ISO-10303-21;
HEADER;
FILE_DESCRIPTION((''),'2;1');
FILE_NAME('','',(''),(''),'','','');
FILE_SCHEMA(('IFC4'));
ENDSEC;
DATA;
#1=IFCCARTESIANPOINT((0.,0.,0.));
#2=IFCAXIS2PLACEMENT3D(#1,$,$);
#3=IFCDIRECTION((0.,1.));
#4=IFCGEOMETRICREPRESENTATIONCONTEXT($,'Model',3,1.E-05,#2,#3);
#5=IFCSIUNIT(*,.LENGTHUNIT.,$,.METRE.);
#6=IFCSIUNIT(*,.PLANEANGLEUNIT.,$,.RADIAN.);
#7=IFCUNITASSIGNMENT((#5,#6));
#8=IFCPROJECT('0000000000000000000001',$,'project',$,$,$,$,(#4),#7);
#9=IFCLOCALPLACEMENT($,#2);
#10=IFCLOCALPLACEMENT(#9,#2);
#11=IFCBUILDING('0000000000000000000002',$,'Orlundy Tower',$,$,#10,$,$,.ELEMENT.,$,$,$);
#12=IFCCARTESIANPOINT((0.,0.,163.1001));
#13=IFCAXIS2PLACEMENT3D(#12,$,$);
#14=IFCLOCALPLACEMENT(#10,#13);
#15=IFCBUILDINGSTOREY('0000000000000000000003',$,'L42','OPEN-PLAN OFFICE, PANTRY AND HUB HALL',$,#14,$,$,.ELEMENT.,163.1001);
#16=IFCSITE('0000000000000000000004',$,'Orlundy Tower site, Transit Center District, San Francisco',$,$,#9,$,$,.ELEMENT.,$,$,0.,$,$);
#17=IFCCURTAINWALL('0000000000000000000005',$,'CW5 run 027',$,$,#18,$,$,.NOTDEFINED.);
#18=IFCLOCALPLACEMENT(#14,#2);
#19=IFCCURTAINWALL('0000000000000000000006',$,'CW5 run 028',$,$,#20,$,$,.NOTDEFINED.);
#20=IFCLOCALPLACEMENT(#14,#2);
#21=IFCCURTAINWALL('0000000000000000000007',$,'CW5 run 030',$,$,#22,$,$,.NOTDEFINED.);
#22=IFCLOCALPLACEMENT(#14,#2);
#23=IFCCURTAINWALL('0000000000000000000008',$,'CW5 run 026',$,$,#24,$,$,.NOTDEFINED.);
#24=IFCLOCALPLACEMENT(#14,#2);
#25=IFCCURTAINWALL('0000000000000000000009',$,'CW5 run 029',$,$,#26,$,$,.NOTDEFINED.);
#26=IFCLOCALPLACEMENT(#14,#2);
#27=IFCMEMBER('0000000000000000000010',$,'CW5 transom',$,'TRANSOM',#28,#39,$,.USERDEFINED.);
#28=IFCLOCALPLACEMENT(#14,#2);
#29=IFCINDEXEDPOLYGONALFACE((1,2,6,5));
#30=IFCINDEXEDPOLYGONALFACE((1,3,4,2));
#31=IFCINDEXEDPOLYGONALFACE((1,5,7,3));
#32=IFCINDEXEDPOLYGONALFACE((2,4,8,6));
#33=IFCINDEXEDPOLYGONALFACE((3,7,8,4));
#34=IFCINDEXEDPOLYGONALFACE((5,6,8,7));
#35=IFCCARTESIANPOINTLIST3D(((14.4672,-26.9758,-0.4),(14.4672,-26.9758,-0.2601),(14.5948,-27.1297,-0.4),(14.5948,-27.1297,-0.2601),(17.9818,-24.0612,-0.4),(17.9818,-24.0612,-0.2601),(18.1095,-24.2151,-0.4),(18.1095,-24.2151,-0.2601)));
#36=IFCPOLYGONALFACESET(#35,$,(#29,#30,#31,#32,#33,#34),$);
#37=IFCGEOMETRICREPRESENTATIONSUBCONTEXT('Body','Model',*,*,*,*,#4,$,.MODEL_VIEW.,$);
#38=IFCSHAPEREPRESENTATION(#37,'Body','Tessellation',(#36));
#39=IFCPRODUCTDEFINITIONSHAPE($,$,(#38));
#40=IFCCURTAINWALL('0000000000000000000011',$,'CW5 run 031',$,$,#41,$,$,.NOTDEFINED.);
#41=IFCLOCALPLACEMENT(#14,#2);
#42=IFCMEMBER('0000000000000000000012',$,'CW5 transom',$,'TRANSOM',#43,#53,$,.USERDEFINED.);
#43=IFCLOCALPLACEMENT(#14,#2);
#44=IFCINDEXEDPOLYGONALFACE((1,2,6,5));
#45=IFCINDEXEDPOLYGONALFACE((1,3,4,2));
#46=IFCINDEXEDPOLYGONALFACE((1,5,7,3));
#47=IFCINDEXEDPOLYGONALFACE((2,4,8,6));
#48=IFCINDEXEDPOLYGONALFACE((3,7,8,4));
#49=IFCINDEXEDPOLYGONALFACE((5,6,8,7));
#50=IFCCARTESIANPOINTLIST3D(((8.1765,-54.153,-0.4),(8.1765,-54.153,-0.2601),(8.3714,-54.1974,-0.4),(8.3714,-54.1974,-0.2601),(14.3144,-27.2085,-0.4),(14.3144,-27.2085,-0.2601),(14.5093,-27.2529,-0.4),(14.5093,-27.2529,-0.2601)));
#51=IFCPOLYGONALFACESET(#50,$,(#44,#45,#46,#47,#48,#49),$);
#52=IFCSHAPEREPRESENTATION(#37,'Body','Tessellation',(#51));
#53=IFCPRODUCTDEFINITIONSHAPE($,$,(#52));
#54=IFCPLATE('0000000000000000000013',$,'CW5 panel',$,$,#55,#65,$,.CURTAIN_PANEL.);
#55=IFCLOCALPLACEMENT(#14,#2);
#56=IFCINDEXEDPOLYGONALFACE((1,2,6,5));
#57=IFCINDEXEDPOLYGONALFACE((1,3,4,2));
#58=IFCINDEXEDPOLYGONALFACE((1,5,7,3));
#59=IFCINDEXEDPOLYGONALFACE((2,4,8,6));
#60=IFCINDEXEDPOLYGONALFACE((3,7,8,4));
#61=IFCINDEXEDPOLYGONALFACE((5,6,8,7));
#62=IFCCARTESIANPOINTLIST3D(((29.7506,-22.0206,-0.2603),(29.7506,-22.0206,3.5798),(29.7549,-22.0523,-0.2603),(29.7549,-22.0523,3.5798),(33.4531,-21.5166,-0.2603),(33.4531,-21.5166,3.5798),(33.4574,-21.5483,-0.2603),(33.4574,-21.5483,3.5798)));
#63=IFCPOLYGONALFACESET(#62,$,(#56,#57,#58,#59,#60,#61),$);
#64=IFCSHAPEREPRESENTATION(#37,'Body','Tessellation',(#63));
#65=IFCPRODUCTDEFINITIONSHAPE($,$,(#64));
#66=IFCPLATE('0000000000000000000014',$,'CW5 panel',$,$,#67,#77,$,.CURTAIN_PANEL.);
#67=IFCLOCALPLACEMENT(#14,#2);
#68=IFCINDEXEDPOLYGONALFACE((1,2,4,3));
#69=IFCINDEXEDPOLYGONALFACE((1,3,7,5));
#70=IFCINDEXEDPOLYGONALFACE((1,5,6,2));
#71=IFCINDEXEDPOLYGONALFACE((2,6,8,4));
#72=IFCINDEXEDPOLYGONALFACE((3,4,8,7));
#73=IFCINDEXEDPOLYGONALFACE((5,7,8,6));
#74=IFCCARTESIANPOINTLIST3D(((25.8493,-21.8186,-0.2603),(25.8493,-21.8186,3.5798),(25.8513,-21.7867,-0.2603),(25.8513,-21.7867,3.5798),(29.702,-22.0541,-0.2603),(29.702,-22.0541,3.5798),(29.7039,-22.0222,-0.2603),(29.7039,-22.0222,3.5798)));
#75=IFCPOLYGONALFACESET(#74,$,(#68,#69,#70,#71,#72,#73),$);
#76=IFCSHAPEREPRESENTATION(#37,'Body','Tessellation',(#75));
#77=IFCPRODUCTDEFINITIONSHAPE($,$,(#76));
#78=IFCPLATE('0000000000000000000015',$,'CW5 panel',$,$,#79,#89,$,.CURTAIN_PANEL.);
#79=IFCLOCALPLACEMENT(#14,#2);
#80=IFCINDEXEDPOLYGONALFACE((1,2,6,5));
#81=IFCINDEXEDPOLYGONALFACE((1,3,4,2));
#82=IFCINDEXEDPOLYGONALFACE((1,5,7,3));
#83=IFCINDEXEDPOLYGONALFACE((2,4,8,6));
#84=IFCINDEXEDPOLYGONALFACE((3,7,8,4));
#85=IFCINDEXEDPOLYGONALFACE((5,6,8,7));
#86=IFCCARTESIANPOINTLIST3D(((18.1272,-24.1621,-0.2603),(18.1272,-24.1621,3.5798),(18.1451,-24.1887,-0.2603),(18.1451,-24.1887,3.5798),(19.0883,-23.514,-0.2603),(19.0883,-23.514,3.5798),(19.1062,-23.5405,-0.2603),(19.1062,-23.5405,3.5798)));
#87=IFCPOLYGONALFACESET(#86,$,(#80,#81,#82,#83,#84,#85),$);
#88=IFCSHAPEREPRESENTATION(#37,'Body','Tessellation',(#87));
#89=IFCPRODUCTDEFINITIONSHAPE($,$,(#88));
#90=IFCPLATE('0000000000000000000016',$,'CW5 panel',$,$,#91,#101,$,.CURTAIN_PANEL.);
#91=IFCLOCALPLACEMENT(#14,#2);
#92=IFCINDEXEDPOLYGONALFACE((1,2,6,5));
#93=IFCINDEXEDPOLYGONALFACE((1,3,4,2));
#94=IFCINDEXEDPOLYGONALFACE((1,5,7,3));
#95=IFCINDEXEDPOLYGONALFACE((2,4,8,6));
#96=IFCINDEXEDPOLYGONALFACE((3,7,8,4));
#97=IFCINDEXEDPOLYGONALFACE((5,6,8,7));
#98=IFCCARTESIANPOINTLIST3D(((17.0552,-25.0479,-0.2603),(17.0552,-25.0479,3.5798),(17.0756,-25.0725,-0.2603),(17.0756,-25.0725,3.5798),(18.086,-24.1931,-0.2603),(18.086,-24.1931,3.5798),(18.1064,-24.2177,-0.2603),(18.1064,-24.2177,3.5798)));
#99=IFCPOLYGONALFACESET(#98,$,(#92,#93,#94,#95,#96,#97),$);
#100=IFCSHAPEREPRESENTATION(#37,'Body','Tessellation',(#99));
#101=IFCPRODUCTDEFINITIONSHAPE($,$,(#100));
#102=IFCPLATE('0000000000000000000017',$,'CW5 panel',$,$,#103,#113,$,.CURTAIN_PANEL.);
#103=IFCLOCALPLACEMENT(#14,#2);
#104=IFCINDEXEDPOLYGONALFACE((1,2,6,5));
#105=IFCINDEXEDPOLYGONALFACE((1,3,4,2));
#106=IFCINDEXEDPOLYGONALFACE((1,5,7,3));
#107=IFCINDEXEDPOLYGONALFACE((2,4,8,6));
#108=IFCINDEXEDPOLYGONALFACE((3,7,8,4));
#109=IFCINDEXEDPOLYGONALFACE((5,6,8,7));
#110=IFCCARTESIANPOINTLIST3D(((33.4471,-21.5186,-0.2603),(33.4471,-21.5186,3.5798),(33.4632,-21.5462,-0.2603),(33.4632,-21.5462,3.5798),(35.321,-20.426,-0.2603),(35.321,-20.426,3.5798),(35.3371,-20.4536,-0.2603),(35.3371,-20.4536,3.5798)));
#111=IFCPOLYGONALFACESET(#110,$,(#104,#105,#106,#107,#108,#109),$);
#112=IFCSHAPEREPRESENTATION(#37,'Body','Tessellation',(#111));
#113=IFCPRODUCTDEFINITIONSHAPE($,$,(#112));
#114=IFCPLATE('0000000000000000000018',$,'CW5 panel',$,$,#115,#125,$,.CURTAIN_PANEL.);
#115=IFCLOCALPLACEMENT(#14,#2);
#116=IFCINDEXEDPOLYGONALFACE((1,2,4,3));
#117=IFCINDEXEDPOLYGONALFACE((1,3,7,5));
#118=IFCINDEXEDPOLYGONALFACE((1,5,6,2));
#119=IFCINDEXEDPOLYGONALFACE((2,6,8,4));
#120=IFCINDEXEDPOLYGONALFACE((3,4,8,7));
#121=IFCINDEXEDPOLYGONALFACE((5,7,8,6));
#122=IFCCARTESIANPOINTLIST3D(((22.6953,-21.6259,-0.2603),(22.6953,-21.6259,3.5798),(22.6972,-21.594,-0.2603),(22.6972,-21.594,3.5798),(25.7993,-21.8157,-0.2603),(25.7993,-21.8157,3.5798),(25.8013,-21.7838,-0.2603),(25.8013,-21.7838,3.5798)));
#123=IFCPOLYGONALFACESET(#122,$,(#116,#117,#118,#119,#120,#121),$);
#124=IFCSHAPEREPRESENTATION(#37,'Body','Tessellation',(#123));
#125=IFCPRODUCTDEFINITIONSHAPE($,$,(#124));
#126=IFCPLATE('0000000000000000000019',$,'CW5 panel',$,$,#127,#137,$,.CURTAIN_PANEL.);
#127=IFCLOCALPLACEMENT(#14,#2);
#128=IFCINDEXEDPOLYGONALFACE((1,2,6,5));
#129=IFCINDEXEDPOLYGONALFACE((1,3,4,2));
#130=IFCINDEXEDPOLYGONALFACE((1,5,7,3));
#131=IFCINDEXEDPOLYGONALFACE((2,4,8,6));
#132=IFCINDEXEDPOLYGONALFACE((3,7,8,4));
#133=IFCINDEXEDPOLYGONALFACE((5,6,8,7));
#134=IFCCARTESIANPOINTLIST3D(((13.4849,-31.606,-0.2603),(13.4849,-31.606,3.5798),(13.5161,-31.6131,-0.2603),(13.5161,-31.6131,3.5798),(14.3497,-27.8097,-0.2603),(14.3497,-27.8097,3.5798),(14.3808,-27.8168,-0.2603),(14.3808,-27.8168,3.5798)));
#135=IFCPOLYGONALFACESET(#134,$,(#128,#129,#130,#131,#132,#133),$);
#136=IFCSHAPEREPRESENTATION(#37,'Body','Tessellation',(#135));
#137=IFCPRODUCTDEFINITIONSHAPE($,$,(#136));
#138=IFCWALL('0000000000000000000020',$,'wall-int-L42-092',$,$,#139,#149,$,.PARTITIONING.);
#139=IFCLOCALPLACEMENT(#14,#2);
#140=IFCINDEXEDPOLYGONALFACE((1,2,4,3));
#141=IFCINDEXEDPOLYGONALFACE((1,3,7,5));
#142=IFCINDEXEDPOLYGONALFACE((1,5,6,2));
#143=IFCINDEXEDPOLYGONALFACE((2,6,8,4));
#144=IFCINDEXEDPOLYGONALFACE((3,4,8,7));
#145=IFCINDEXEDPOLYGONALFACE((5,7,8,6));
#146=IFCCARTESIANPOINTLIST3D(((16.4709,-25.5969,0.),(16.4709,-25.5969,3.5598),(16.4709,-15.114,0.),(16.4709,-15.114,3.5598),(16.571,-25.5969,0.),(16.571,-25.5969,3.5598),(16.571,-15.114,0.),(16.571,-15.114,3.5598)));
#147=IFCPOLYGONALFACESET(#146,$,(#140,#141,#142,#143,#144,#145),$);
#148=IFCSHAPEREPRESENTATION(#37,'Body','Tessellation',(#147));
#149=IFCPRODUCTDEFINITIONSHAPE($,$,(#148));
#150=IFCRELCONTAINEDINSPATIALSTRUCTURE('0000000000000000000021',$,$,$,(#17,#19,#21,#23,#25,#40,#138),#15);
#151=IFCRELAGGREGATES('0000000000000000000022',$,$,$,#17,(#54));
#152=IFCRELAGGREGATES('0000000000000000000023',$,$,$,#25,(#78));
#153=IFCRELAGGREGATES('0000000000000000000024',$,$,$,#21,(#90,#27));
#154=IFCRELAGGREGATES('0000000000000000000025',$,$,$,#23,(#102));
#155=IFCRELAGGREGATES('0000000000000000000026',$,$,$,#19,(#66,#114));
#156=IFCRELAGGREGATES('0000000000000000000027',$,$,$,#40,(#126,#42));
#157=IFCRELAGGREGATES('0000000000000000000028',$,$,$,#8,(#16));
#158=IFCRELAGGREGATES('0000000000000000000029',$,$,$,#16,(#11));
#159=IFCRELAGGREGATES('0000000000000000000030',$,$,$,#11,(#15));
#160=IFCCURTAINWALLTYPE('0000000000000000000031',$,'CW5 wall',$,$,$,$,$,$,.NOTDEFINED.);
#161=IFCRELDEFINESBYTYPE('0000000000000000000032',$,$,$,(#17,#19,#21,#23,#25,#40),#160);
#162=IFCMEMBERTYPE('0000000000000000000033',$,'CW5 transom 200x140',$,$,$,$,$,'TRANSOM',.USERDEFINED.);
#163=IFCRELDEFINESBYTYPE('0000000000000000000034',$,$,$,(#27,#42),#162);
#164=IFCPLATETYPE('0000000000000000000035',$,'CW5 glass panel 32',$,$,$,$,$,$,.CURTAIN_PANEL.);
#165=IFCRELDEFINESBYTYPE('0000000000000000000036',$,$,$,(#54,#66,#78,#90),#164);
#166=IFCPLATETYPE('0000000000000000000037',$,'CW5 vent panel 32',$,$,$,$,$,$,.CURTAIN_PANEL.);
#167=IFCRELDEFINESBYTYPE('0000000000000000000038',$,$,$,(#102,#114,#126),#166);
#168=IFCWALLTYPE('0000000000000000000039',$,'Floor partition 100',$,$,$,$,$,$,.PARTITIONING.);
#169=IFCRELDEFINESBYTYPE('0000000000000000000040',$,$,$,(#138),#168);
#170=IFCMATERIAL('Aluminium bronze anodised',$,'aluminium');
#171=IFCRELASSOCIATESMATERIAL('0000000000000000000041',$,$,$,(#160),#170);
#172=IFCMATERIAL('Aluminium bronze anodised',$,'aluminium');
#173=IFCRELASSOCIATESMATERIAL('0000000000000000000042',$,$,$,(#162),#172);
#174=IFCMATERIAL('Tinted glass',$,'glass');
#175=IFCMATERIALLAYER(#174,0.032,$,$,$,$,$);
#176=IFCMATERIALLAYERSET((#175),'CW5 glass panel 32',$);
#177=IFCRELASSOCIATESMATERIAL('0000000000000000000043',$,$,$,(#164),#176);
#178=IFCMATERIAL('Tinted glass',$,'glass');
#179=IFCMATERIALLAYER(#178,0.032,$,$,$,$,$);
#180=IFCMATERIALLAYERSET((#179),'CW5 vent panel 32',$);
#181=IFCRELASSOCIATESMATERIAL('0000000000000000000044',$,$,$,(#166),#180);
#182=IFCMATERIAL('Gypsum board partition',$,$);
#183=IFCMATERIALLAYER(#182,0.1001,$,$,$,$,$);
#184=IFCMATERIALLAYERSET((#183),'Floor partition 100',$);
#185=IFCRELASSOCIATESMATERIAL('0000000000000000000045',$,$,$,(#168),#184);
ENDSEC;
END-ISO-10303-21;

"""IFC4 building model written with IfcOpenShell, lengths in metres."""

from ifc_helpers import new_model, si_unit, direction, frame, frame_2d, origin, origin_2d, place, context, subcontext, project, spatial, rectangle, extrude, material, layer, layer_set, material_profile, profile_set, type_object, element, aggregate, save


model = new_model("IFC4")

# Units and contexts
model_context = context("Model", 3, precision=1e-05, world=origin(), true_north=direction((0.0, 1.0)))
body_context = subcontext(model_context, "Body", "Model", "MODEL_VIEW")
ifc_project = project(units=[si_unit("LENGTHUNIT", "METRE"), si_unit("PLANEANGLEUNIT", "RADIAN")], contexts=[model_context])

# Site, building, storey
site_placement = place(None, origin())
site = spatial("IfcSite", under=ifc_project, at=site_placement, Name="Orlundy Tower site, Transit Center District, San Francisco", CompositionType="ELEMENT", RefElevation=0.0)
building_placement = place(site_placement, origin())
building = spatial("IfcBuilding", under=site, at=building_placement, Name="Orlundy Tower", CompositionType="ELEMENT")
storey_placement = place(building_placement, frame((0.0, 0.0, 163.1001)))
storey = spatial("IfcBuildingStorey", under=building, at=storey_placement, Name="L42", Description="OPEN-PLAN OFFICE, PANTRY AND HUB HALL", CompositionType="ELEMENT", Elevation=163.1001)

# Curtain wall
ifc_material_1 = material(Name="Aluminium bronze anodised", Category="aluminium")
curtain_wall_type = type_object("IfcCurtainWallType", Name="CW5 wall", PredefinedType="NOTDEFINED", material=ifc_material_1)
curtain_wall_1_placement = place(storey_placement, origin())
curtain_wall_1 = element("IfcCurtainWall", 1, at=curtain_wall_1_placement, inside=storey, type_object=curtain_wall_type, Name="CW5 run 027", PredefinedType="NOTDEFINED")

# Curtain wall
curtain_wall_2_placement = place(storey_placement, origin())
curtain_wall_2 = element("IfcCurtainWall", 2, at=curtain_wall_2_placement, inside=storey, type_object=curtain_wall_type, Name="CW5 run 028", PredefinedType="NOTDEFINED")

# Curtain walls
curtain_wall_3_placement = place(storey_placement, origin())
curtain_wall_3 = element("IfcCurtainWall", 3, at=curtain_wall_3_placement, inside=storey, type_object=curtain_wall_type, Name="CW5 run 030", PredefinedType="NOTDEFINED")
curtain_wall_4_placement = place(storey_placement, origin())
curtain_wall_4 = element("IfcCurtainWall", 4, at=curtain_wall_4_placement, inside=storey, type_object=curtain_wall_type, Name="CW5 run 026", PredefinedType="NOTDEFINED")
ifc_material_2 = material(Name="Aluminium bronze anodised", Category="aluminium")
ifc_material_profile_1 = material_profile(ifc_material_2, rectangle(XDim=0.2, YDim=0.1399, at=origin_2d()), Name="CW5 transom 200x140")
ifc_profile_set_1 = profile_set([ifc_material_profile_1], Name="Aluminium bronze anodised")
member_type_1 = type_object("IfcMemberType", Name="CW5 transom 200x140", ElementType="TRANSOM", PredefinedType="USERDEFINED", material=ifc_profile_set_1)

# Curtain wall
curtain_wall_5_placement = place(storey_placement, origin())
curtain_wall_5 = element("IfcCurtainWall", 5, at=curtain_wall_5_placement, inside=storey, type_object=curtain_wall_type, Name="CW5 run 029", PredefinedType="NOTDEFINED")

# Member
member_1_placement = place(storey_placement, frame((18.0457, -24.1382, -0.3301), z_axis=(-0.769762, -0.638331, 0.0), x_axis=(0.638331, -0.769762, 0.0)))
member_1 = element("IfcMember", 6, at=member_1_placement, type_object=member_type_1, Name="CW5 transom", ObjectType="TRANSOM", PredefinedType="USERDEFINED", context=body_context, shape_type="SweptSolid", body=[
    extrude(rectangle(XDim=0.2, YDim=0.1399, at=origin_2d()), origin(), (0.0, 0.0, 1.0), 4.5659),
])

# Curtain wall, member
curtain_wall_6_placement = place(storey_placement, origin())
curtain_wall_6 = element("IfcCurtainWall", 7, at=curtain_wall_6_placement, inside=storey, type_object=curtain_wall_type, Name="CW5 run 031", PredefinedType="NOTDEFINED")
member_2_placement = place(storey_placement, frame((14.4119, -27.2307, -0.3301), z_axis=(-0.222109, -0.975022, 0.0), x_axis=(0.975022, -0.222109, 0.0)))
member_2 = element("IfcMember", 8, at=member_2_placement, type_object=member_type_1, Name="CW5 transom", ObjectType="TRANSOM", PredefinedType="USERDEFINED", context=body_context, shape_type="SweptSolid", body=[
    extrude(rectangle(XDim=0.2, YDim=0.1399, at=origin_2d()), origin(), (0.0, 0.0, 1.0), 27.6348),
])

# Plates
ifc_material_3 = material(Name="Tinted glass", Category="glass")
ifc_layer_1 = layer(ifc_material_3, 0.032)
ifc_layer_set_1 = layer_set([ifc_layer_1], Name="CW5 glass panel 32")
plate_type_1 = type_object("IfcPlateType", Name="CW5 glass panel 32", PredefinedType="CURTAIN_PANEL", material=ifc_layer_set_1)
plate_1_placement = place(storey_placement, frame((31.604, -21.7844, -0.2603), z_axis=(0.0, 0.0, 1.0), x_axis=(-0.990861, -0.134884, 0.0)))
plate_1 = element("IfcPlate", 9, at=plate_1_placement, type_object=plate_type_1, Name="CW5 panel", PredefinedType="CURTAIN_PANEL", context=body_context, shape_type="SweptSolid", body=[
    extrude(rectangle(XDim=3.7366, YDim=0.032, at=origin_2d()), origin(), (0.0, 0.0, 1.0), 3.8401),
])
aggregate(curtain_wall_1, [plate_1])
plate_2_placement = place(storey_placement, frame((27.7766, -21.9204, -0.2603), z_axis=(0.0, 0.0, 1.0), x_axis=(-0.998136, 0.061026, 0.0)))
plate_2 = element("IfcPlate", 10, at=plate_2_placement, type_object=plate_type_1, Name="CW5 panel", PredefinedType="CURTAIN_PANEL", context=body_context, shape_type="SweptSolid", body=[
    extrude(rectangle(XDim=3.8599, YDim=0.032, at=origin_2d()), origin(), (0.0, 0.0, 1.0), 3.8401),
])
plate_3_placement = place(storey_placement, frame((18.6167, -23.8513, -0.2603), z_axis=(0.0, 0.0, 1.0), x_axis=(-0.829065, -0.559152, 0.0)))
plate_3 = element("IfcPlate", 11, at=plate_3_placement, type_object=plate_type_1, Name="CW5 panel", PredefinedType="CURTAIN_PANEL", context=body_context, shape_type="SweptSolid", body=[
    extrude(rectangle(XDim=1.1592, YDim=0.032, at=origin_2d()), origin(), (0.0, 0.0, 1.0), 3.8401),
])
aggregate(curtain_wall_5, [plate_3])
plate_4_placement = place(storey_placement, frame((17.5808, -24.6328, -0.2603), z_axis=(0.0, 0.0, 1.0), x_axis=(-0.769753, -0.638342, 0.0)))
plate_4 = element("IfcPlate", 12, at=plate_4_placement, type_object=plate_type_1, Name="CW5 panel", PredefinedType="CURTAIN_PANEL", context=body_context, shape_type="SweptSolid", body=[
    extrude(rectangle(XDim=1.3391, YDim=0.032, at=origin_2d()), origin(), (0.0, 0.0, 1.0), 3.8401),
])
aggregate(curtain_wall_3, [plate_4, member_1])
ifc_material_4 = material(Name="Tinted glass", Category="glass")
ifc_layer_2 = layer(ifc_material_4, 0.032)
ifc_layer_set_2 = layer_set([ifc_layer_2], Name="CW5 vent panel 32")
plate_type_2 = type_object("IfcPlateType", Name="CW5 vent panel 32", PredefinedType="CURTAIN_PANEL", material=ifc_layer_set_2)
plate_5_placement = place(storey_placement, frame((34.3921, -20.9861, -0.2603), z_axis=(0.0, 0.0, 1.0), x_axis=(-0.863877, -0.503703, 0.0)))
plate_5 = element("IfcPlate", 13, at=plate_5_placement, type_object=plate_type_2, Name="CW5 panel", PredefinedType="CURTAIN_PANEL", context=body_context, shape_type="SweptSolid", body=[
    extrude(rectangle(XDim=2.1692, YDim=0.032, at=origin_2d()), origin(), (0.0, 0.0, 1.0), 3.8401),
])
aggregate(curtain_wall_4, [plate_5])
plate_6_placement = place(storey_placement, frame((24.2483, -21.7048, -0.2603), z_axis=(0.0, 0.0, 1.0), x_axis=(-0.998136, 0.061026, 0.0)))
plate_6 = element("IfcPlate", 14, at=plate_6_placement, type_object=plate_type_2, Name="CW5 panel", PredefinedType="CURTAIN_PANEL", context=body_context, shape_type="SweptSolid", body=[
    extrude(rectangle(XDim=3.1099, YDim=0.032, at=origin_2d()), origin(), (0.0, 0.0, 1.0), 3.8401),
])
aggregate(curtain_wall_2, [plate_2, plate_6])
plate_7_placement = place(storey_placement, frame((13.9329, -29.7114, -0.2603), z_axis=(0.0, 0.0, 1.0), x_axis=(-0.222106, -0.975022, 0.0)))
plate_7 = element("IfcPlate", 15, at=plate_7_placement, type_object=plate_type_2, Name="CW5 panel", PredefinedType="CURTAIN_PANEL", context=body_context, shape_type="SweptSolid", body=[
    extrude(rectangle(XDim=3.8936, YDim=0.032, at=origin_2d()), origin(), (0.0, 0.0, 1.0), 3.8401),
])
aggregate(curtain_wall_6, [plate_7, member_2])

# Wall
ifc_material_5 = material(Name="Gypsum board partition")
ifc_layer_3 = layer(ifc_material_5, 0.1001)
ifc_layer_set_3 = layer_set([ifc_layer_3], Name="Floor partition 100")
wall_type = type_object("IfcWallType", Name="Floor partition 100", PredefinedType="PARTITIONING", material=ifc_layer_set_3)
wall_placement = place(storey_placement, frame((16.521, -25.5969, 0.0), z_axis=(0.0, 0.0, 1.0), x_axis=(0.0, 1.0, 0.0)))
element("IfcWall", 16, at=wall_placement, inside=storey, type_object=wall_type, Name="wall-int-L42-092", PredefinedType="PARTITIONING", context=body_context, shape_type="SweptSolid", body=[
    extrude(rectangle(XDim=10.4829, YDim=0.1001, at=frame_2d((5.2415, 0.0))), origin(), (0.0, 0.0, 1.0), 3.5598),
])

save(model, "model.ifc")
